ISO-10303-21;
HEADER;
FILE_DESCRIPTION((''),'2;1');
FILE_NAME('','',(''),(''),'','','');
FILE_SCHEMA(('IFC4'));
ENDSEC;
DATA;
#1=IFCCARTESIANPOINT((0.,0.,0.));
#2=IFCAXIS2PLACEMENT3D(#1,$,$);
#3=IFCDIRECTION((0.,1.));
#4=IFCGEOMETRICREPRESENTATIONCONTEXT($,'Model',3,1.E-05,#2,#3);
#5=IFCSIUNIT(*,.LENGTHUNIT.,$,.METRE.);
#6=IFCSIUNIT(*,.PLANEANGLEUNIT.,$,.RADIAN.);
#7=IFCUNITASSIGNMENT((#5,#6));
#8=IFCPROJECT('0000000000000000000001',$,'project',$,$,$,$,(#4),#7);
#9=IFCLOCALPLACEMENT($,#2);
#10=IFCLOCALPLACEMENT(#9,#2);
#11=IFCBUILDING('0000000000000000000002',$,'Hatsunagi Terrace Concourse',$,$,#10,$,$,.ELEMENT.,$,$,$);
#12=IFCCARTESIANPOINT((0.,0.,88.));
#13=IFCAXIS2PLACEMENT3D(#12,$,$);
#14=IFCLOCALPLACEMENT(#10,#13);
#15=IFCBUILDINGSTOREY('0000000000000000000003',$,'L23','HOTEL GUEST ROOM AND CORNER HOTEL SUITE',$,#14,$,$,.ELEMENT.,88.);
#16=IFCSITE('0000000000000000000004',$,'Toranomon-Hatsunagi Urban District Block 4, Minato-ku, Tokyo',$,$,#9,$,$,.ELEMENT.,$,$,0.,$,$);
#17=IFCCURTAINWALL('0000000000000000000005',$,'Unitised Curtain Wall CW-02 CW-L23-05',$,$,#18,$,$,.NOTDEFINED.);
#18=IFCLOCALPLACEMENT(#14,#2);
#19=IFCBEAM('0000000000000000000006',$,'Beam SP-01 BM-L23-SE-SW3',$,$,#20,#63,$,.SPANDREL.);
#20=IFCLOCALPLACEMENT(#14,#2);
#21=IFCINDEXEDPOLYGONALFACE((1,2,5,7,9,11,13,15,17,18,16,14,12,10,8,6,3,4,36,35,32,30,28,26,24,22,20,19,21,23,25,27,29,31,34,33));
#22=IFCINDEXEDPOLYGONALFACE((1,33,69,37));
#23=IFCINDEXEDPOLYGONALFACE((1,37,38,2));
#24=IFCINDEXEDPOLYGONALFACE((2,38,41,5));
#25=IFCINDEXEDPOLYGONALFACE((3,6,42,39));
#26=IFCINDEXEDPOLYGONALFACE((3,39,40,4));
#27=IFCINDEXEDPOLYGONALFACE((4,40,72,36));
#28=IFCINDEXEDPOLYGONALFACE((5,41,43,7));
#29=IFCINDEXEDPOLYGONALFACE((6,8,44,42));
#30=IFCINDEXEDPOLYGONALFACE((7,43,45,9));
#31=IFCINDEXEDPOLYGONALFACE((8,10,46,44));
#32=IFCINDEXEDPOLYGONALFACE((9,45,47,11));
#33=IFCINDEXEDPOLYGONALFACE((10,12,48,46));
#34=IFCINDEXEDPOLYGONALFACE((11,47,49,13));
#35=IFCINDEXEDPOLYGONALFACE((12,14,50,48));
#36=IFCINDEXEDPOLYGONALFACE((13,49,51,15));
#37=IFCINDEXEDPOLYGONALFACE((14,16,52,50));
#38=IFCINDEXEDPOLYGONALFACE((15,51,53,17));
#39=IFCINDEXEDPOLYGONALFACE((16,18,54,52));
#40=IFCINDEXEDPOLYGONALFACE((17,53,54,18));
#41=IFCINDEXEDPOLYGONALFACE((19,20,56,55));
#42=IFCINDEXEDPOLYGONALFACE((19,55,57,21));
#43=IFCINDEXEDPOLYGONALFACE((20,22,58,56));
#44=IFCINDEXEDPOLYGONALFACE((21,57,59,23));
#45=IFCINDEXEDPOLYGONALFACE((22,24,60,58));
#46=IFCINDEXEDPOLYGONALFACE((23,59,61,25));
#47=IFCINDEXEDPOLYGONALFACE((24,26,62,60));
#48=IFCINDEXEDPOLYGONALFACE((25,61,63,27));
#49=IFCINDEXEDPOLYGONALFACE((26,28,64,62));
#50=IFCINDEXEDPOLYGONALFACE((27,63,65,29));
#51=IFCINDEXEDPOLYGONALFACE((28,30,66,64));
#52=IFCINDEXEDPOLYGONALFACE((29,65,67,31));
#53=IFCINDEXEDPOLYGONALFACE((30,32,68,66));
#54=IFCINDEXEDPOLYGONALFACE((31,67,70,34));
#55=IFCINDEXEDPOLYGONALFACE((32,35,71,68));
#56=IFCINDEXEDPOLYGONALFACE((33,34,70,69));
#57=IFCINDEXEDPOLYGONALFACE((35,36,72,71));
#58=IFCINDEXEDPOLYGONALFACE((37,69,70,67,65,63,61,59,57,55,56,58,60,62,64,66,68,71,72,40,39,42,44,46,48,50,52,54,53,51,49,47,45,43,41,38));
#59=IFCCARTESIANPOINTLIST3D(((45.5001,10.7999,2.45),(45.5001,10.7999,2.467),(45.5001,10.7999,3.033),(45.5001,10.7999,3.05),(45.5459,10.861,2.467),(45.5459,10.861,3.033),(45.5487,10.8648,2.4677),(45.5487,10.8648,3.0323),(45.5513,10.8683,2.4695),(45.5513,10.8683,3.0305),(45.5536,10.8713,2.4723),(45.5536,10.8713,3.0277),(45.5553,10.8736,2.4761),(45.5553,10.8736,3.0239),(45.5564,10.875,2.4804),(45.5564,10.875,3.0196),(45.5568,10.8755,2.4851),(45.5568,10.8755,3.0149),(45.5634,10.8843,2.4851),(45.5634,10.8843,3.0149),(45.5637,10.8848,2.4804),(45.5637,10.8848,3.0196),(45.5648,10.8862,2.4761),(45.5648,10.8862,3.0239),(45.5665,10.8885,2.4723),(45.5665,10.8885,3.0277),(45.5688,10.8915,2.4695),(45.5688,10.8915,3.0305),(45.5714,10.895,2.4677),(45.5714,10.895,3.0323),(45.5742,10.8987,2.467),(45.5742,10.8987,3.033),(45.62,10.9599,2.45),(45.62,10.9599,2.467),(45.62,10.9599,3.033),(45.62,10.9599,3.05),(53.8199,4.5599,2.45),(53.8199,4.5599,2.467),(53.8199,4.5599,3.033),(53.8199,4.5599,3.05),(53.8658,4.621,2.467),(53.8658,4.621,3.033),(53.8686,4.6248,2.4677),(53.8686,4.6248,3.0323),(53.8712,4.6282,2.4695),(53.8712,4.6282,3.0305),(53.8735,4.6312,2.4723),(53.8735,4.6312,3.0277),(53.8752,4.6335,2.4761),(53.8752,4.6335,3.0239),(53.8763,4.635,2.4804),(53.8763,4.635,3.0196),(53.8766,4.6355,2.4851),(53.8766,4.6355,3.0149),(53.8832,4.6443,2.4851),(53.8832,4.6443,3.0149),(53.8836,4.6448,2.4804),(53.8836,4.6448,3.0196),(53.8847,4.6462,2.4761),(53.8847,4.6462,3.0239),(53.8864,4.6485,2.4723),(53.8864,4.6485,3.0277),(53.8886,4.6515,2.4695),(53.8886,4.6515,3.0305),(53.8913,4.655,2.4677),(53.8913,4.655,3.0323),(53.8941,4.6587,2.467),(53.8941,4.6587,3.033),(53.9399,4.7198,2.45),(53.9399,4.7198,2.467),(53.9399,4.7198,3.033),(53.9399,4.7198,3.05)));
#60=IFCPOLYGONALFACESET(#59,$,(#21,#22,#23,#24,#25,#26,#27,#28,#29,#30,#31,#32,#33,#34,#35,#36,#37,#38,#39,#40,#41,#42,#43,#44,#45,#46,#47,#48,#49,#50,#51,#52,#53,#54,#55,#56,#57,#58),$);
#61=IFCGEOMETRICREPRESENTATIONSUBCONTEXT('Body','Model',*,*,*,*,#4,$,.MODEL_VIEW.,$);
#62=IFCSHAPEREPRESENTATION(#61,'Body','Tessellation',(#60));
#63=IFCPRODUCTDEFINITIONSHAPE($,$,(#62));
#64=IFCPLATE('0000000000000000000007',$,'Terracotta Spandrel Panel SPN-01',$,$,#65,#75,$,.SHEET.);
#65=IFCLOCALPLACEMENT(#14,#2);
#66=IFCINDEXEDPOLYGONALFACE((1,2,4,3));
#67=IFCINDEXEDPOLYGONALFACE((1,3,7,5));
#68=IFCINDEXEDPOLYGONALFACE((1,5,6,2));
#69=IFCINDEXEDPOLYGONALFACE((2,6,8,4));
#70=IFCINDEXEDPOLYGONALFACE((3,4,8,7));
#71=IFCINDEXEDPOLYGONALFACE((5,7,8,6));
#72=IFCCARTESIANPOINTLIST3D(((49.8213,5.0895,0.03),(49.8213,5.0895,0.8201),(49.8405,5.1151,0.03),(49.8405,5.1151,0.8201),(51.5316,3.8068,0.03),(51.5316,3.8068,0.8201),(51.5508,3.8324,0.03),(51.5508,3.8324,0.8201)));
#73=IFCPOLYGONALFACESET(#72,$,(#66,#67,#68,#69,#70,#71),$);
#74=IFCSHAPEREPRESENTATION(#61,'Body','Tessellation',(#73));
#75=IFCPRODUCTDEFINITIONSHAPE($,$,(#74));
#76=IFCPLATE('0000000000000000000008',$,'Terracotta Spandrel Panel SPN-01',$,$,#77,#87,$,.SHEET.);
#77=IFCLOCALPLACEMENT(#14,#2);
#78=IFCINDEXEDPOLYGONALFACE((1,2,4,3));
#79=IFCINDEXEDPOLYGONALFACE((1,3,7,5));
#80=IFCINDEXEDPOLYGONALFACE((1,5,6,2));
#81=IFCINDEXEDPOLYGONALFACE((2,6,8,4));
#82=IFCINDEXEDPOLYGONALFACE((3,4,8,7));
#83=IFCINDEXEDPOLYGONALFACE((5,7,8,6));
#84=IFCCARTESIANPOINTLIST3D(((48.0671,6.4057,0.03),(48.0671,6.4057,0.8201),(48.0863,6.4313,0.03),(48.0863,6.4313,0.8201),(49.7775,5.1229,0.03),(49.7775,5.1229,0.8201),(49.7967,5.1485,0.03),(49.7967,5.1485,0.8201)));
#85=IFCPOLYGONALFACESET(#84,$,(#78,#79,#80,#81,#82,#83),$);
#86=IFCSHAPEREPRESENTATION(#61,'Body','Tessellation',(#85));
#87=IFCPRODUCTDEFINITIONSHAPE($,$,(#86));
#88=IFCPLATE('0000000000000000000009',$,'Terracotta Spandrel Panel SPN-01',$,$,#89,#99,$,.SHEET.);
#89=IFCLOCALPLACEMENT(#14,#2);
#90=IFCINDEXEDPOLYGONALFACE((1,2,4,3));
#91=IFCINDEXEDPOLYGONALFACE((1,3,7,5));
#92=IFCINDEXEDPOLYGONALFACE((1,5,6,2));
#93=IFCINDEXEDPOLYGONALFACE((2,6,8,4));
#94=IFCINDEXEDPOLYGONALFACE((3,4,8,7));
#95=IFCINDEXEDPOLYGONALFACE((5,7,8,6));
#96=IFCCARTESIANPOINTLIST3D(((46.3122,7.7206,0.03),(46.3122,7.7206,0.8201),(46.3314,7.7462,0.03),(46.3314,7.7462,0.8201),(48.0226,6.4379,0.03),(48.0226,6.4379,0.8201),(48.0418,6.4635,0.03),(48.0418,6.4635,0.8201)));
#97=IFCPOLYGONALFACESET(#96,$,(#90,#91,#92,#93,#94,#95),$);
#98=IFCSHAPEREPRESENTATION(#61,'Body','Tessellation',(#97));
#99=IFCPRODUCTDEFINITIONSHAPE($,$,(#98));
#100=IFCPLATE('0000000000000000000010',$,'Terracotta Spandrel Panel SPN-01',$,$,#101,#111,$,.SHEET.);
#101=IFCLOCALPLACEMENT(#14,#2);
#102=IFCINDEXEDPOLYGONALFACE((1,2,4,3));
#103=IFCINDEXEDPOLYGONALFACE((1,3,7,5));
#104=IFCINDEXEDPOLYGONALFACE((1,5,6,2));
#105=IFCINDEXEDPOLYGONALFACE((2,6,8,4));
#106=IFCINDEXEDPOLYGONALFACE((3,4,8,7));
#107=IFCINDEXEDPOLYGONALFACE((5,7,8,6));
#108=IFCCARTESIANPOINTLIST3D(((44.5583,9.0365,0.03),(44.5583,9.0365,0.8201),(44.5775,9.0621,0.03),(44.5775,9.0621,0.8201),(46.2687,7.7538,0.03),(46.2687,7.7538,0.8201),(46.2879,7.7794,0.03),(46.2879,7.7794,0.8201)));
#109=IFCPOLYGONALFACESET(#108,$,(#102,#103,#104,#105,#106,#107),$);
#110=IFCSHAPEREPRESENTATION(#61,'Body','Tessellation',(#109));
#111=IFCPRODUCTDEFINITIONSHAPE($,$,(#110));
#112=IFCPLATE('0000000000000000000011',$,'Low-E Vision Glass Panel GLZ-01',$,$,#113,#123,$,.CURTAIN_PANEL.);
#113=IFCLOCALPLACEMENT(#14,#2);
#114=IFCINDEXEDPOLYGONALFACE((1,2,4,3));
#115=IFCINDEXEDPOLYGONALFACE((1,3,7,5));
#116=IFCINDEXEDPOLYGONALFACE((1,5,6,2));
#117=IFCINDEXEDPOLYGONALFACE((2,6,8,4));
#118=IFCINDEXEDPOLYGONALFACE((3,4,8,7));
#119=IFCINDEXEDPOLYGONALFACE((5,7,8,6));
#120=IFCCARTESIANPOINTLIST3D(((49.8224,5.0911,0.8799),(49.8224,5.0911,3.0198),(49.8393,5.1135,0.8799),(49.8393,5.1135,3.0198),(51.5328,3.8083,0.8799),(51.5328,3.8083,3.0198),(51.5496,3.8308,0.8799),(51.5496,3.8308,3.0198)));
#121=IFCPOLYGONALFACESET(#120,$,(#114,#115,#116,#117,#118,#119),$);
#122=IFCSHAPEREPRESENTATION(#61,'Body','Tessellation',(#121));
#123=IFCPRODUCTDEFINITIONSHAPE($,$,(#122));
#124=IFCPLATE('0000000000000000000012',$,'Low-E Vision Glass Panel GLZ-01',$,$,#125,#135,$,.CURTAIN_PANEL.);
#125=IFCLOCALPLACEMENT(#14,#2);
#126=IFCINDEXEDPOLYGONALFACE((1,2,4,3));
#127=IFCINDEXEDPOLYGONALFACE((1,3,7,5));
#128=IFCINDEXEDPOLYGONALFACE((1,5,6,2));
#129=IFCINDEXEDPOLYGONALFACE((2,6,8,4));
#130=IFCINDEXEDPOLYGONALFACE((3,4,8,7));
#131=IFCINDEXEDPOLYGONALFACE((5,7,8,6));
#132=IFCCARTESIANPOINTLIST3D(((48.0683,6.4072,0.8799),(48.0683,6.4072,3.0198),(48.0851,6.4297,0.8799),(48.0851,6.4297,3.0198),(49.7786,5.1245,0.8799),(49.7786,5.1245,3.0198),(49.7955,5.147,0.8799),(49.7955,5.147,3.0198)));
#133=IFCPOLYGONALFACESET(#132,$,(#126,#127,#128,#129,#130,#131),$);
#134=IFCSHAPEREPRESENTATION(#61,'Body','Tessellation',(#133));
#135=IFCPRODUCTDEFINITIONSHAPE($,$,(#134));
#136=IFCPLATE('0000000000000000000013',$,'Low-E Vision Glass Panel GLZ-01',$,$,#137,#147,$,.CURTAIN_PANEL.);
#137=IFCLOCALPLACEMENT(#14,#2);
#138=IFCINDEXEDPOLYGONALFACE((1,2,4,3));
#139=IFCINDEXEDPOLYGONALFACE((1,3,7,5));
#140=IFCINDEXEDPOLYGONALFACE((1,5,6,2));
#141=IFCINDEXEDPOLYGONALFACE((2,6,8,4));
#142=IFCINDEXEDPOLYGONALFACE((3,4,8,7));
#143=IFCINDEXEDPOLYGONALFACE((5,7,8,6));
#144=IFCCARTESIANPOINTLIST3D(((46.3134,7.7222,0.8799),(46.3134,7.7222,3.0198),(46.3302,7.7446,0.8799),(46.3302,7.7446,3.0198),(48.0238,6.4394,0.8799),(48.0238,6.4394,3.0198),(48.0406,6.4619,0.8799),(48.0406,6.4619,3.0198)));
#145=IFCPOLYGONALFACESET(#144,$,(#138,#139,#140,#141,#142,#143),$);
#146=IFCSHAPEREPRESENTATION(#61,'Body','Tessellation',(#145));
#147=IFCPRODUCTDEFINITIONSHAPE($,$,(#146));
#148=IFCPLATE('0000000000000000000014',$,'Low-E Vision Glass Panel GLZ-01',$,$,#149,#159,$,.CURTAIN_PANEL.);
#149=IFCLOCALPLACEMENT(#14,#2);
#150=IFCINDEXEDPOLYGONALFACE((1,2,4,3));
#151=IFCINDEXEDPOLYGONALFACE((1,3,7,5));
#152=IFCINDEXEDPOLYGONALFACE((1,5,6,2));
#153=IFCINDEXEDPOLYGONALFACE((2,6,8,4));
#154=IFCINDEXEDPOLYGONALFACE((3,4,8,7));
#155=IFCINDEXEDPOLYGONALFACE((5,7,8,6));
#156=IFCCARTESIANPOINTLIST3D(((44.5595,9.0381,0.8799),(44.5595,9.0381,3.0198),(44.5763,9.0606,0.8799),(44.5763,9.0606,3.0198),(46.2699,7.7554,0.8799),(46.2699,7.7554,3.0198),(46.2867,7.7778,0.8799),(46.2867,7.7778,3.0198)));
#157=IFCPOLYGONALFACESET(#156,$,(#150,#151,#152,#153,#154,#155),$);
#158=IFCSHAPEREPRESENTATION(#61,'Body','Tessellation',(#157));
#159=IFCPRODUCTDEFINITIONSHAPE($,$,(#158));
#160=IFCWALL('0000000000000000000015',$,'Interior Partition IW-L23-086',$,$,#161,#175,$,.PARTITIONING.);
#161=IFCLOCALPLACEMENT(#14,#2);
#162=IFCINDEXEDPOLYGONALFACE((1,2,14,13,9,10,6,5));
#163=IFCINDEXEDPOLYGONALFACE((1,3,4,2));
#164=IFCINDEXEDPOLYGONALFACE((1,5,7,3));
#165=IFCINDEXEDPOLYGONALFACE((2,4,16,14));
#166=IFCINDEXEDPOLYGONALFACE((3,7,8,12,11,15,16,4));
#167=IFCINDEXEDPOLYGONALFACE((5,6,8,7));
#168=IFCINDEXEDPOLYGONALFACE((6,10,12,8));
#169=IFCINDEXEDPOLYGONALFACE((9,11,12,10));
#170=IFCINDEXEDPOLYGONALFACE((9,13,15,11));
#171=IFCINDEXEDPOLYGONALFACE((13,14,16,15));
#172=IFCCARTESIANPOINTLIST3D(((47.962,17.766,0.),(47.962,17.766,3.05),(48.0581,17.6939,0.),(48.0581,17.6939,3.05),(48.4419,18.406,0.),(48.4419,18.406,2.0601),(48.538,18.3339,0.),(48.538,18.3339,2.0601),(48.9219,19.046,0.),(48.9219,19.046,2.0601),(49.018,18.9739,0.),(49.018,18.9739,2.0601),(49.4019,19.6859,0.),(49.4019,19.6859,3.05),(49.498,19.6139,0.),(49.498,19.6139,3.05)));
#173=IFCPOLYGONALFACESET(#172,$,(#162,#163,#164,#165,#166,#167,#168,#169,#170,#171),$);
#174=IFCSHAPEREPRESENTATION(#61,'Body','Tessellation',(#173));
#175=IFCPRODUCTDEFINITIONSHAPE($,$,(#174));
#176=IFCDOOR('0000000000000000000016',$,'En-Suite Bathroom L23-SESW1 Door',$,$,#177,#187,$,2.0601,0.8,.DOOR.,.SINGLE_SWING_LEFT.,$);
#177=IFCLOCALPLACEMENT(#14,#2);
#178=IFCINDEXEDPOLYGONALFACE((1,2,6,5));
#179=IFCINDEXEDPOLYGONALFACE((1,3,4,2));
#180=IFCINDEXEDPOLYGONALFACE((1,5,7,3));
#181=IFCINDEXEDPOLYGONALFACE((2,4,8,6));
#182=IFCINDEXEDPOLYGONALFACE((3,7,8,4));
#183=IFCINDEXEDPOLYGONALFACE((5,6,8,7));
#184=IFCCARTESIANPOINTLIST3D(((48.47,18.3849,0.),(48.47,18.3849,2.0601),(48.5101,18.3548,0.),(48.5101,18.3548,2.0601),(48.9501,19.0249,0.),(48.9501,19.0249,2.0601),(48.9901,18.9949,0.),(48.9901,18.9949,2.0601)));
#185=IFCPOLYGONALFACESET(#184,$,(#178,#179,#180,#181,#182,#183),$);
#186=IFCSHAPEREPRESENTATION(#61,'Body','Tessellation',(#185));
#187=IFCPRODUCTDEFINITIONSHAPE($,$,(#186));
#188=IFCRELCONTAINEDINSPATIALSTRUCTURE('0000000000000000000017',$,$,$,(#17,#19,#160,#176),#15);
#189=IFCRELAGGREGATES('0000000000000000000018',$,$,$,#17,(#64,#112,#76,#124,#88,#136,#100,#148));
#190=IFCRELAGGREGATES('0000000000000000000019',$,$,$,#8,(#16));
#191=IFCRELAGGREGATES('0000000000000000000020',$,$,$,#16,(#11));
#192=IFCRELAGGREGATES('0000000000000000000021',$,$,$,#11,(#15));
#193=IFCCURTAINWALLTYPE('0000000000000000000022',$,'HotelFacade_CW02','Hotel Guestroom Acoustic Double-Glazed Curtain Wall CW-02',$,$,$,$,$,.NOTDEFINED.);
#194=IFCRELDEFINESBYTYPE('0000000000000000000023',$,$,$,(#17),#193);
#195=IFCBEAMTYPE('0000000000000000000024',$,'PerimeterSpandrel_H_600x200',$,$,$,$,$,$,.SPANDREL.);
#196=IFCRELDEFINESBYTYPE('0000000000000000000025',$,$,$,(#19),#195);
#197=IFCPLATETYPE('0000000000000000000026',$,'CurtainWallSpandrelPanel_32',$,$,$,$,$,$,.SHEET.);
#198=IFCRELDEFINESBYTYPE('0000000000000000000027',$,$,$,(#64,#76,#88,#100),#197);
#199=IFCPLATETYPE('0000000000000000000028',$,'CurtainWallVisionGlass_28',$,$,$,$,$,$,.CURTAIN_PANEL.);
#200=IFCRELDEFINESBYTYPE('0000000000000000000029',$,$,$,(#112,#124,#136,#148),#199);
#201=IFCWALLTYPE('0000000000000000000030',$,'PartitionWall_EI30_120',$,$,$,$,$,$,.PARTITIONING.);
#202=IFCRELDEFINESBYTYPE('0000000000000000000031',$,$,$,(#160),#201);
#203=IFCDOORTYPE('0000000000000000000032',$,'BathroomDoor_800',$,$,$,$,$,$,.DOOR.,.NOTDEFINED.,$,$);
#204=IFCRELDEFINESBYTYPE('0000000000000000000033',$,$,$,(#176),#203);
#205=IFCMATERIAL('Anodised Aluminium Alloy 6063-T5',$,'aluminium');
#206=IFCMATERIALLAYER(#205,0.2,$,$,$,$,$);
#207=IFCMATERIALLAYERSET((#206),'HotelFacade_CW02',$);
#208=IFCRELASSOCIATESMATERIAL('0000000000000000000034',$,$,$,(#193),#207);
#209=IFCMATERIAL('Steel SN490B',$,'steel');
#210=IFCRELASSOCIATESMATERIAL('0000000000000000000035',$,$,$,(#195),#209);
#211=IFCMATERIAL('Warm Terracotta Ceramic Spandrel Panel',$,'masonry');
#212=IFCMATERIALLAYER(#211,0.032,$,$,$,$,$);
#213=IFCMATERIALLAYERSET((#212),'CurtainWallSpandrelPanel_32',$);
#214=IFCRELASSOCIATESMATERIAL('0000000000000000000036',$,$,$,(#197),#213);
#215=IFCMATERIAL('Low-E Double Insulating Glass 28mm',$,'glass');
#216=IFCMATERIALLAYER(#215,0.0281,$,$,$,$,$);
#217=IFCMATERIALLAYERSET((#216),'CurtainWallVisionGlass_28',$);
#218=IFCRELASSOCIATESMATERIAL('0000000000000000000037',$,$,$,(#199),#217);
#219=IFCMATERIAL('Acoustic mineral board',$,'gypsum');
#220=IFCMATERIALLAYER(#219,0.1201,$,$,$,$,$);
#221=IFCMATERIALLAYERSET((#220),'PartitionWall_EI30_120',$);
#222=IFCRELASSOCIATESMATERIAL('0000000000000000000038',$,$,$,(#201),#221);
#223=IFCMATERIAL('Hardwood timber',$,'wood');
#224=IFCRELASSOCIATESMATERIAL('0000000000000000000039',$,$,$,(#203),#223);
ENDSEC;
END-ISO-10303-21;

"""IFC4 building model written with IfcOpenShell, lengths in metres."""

from ifc_helpers import new_model, si_unit, direction, frame, frame_2d, origin, origin_2d, place, context, subcontext, project, spatial, rectangle, i_section, extrude, material, layer, layer_set, material_profile, profile_set, type_object, element, fill, aggregate, save


model = new_model("IFC4")

# Units and contexts
model_context = context("Model", 3, precision=1e-05, world=origin(), true_north=direction((0.0, 1.0)))
body_context = subcontext(model_context, "Body", "Model", "MODEL_VIEW")
ifc_project = project(units=[si_unit("LENGTHUNIT", "METRE"), si_unit("PLANEANGLEUNIT", "RADIAN")], contexts=[model_context])

# Site, building, storey
site_placement = place(None, origin())
site = spatial("IfcSite", under=ifc_project, at=site_placement, Name="Toranomon-Hatsunagi Urban District Block 4, Minato-ku, Tokyo", CompositionType="ELEMENT", RefElevation=0.0)
building_placement = place(site_placement, origin())
building = spatial("IfcBuilding", under=site, at=building_placement, Name="Hatsunagi Terrace Concourse", CompositionType="ELEMENT")
storey_placement = place(building_placement, frame((0.0, 0.0, 88.0)))
storey = spatial("IfcBuildingStorey", under=building, at=storey_placement, Name="L23", Description="HOTEL GUEST ROOM AND CORNER HOTEL SUITE", CompositionType="ELEMENT", Elevation=88.0)

# Curtain wall
ifc_material_1 = material(Name="Anodised Aluminium Alloy 6063-T5", Category="aluminium")
ifc_layer_1 = layer(ifc_material_1, 0.2)
ifc_layer_set_1 = layer_set([ifc_layer_1], Name="HotelFacade_CW02")
curtain_wall_type = type_object("IfcCurtainWallType", Name="HotelFacade_CW02", Description="Hotel Guestroom Acoustic Double-Glazed Curtain Wall CW-02", PredefinedType="NOTDEFINED", material=ifc_layer_set_1)
curtain_wall_placement = place(storey_placement, origin())
curtain_wall = element("IfcCurtainWall", 1, at=curtain_wall_placement, inside=storey, type_object=curtain_wall_type, Name="Unitised Curtain Wall CW-02 CW-L23-05", PredefinedType="NOTDEFINED")

# Beam
ifc_material_2 = material(Name="Steel SN490B", Category="steel")
ifc_material_profile_1 = material_profile(ifc_material_2, i_section(OverallWidth=0.2, OverallDepth=0.6001, WebThickness=0.011, FlangeThickness=0.0171, FilletRadius=0.0181, at=origin_2d()), Name="H-600x200x11x17")
ifc_profile_set_1 = profile_set([ifc_material_profile_1], Name="Steel SN490B")
beam_type_1 = type_object("IfcBeamType", Name="PerimeterSpandrel_H_600x200", PredefinedType="SPANDREL", material=ifc_profile_set_1)
beam_1_placement = place(storey_placement, frame((45.5601, 10.8799, 2.75), z_axis=(0.799994, -0.600008, 0.0), x_axis=(0.600008, 0.799994, 0.0)))
element("IfcBeam", 2, at=beam_1_placement, inside=storey, type_object=beam_type_1, Name="Beam SP-01 BM-L23-SE-SW3", PredefinedType="SPANDREL", context=body_context, shape_type="SweptSolid", body=[
    extrude(i_section(OverallWidth=0.2, OverallDepth=0.6001, WebThickness=0.011, FlangeThickness=0.0171, FilletRadius=0.0181, at=origin_2d()), origin(), (0.0, 0.0, 1.0), 10.3999),
])

# Plates
ifc_material_3 = material(Name="Warm Terracotta Ceramic Spandrel Panel", Category="masonry")
ifc_layer_2 = layer(ifc_material_3, 0.032)
ifc_layer_set_2 = layer_set([ifc_layer_2], Name="CurtainWallSpandrelPanel_32")
plate_type_1 = type_object("IfcPlateType", Name="CurtainWallSpandrelPanel_32", PredefinedType="SHEET", material=ifc_layer_set_2)
plate_1_placement = place(storey_placement, frame((50.686, 4.4609, 0.03), z_axis=(0.0, 0.0, 1.0), x_axis=(-0.800003, 0.599996, 0.0)))
plate_1 = element("IfcPlate", 3, at=plate_1_placement, type_object=plate_type_1, Name="Terracotta Spandrel Panel SPN-01", PredefinedType="SHEET", context=body_context, shape_type="SweptSolid", body=[
    extrude(rectangle(XDim=2.1379, YDim=0.032, at=origin_2d()), origin(), (0.0, 0.0, 1.0), 0.79),
])
plate_2_placement = place(storey_placement, frame((48.9319, 5.7771, 0.03), z_axis=(0.0, 0.0, 1.0), x_axis=(-0.800003, 0.599996, 0.0)))
plate_2 = element("IfcPlate", 4, at=plate_2_placement, type_object=plate_type_1, Name="Terracotta Spandrel Panel SPN-01", PredefinedType="SHEET", context=body_context, shape_type="SweptSolid", body=[
    extrude(rectangle(XDim=2.1379, YDim=0.032, at=origin_2d()), origin(), (0.0, 0.0, 1.0), 0.79),
])
plate_3_placement = place(storey_placement, frame((47.177, 7.092, 0.03), z_axis=(0.0, 0.0, 1.0), x_axis=(-0.800003, 0.599996, 0.0)))
plate_3 = element("IfcPlate", 5, at=plate_3_placement, type_object=plate_type_1, Name="Terracotta Spandrel Panel SPN-01", PredefinedType="SHEET", context=body_context, shape_type="SweptSolid", body=[
    extrude(rectangle(XDim=2.1379, YDim=0.032, at=origin_2d()), origin(), (0.0, 0.0, 1.0), 0.79),
])
plate_4_placement = place(storey_placement, frame((45.4231, 8.408, 0.03), z_axis=(0.0, 0.0, 1.0), x_axis=(-0.800003, 0.599996, 0.0)))
plate_4 = element("IfcPlate", 6, at=plate_4_placement, type_object=plate_type_1, Name="Terracotta Spandrel Panel SPN-01", PredefinedType="SHEET", context=body_context, shape_type="SweptSolid", body=[
    extrude(rectangle(XDim=2.1379, YDim=0.032, at=origin_2d()), origin(), (0.0, 0.0, 1.0), 0.79),
])
ifc_material_4 = material(Name="Low-E Double Insulating Glass 28mm", Category="glass")
ifc_layer_3 = layer(ifc_material_4, 0.0281)
ifc_layer_set_3 = layer_set([ifc_layer_3], Name="CurtainWallVisionGlass_28")
plate_type_2 = type_object("IfcPlateType", Name="CurtainWallVisionGlass_28", PredefinedType="CURTAIN_PANEL", material=ifc_layer_set_3)
plate_5_placement = place(storey_placement, frame((50.686, 4.4609, 0.8799), z_axis=(0.0, 0.0, 1.0), x_axis=(-0.800003, 0.599996, 0.0)))
plate_5 = element("IfcPlate", 7, at=plate_5_placement, type_object=plate_type_2, Name="Low-E Vision Glass Panel GLZ-01", PredefinedType="CURTAIN_PANEL", context=body_context, shape_type="SweptSolid", body=[
    extrude(rectangle(XDim=2.1379, YDim=0.0281, at=origin_2d()), origin(), (0.0, 0.0, 1.0), 2.1399),
])
plate_6_placement = place(storey_placement, frame((48.9319, 5.7771, 0.8799), z_axis=(0.0, 0.0, 1.0), x_axis=(-0.800003, 0.599996, 0.0)))
plate_6 = element("IfcPlate", 8, at=plate_6_placement, type_object=plate_type_2, Name="Low-E Vision Glass Panel GLZ-01", PredefinedType="CURTAIN_PANEL", context=body_context, shape_type="SweptSolid", body=[
    extrude(rectangle(XDim=2.1379, YDim=0.0281, at=origin_2d()), origin(), (0.0, 0.0, 1.0), 2.1399),
])
plate_7_placement = place(storey_placement, frame((47.177, 7.092, 0.8799), z_axis=(0.0, 0.0, 1.0), x_axis=(-0.800003, 0.599996, 0.0)))
plate_7 = element("IfcPlate", 9, at=plate_7_placement, type_object=plate_type_2, Name="Low-E Vision Glass Panel GLZ-01", PredefinedType="CURTAIN_PANEL", context=body_context, shape_type="SweptSolid", body=[
    extrude(rectangle(XDim=2.1379, YDim=0.0281, at=origin_2d()), origin(), (0.0, 0.0, 1.0), 2.1399),
])
plate_8_placement = place(storey_placement, frame((45.4231, 8.408, 0.8799), z_axis=(0.0, 0.0, 1.0), x_axis=(-0.800003, 0.599996, 0.0)))
plate_8 = element("IfcPlate", 10, at=plate_8_placement, type_object=plate_type_2, Name="Low-E Vision Glass Panel GLZ-01", PredefinedType="CURTAIN_PANEL", context=body_context, shape_type="SweptSolid", body=[
    extrude(rectangle(XDim=2.1379, YDim=0.0281, at=origin_2d()), origin(), (0.0, 0.0, 1.0), 2.1399),
])
aggregate(curtain_wall, [plate_1, plate_5, plate_2, plate_6, plate_3, plate_7, plate_4, plate_8])

# Wall, opening, door
ifc_material_5 = material(Name="Acoustic mineral board", Category="gypsum")
ifc_layer_4 = layer(ifc_material_5, 0.1201)
ifc_layer_set_4 = layer_set([ifc_layer_4], Name="PartitionWall_EI30_120")
wall_type_1 = type_object("IfcWallType", Name="PartitionWall_EI30_120", PredefinedType="PARTITIONING", material=ifc_layer_set_4)
wall_1_placement = place(storey_placement, frame((48.01, 17.73, 0.0), z_axis=(0.0, 0.0, 1.0), x_axis=(0.6, 0.8, 0.0)))
wall_1 = element("IfcWall", 11, at=wall_1_placement, inside=storey, type_object=wall_type_1, Name="Interior Partition IW-L23-086", PredefinedType="PARTITIONING", context=body_context, shape_type="SweptSolid", body=[
    extrude(rectangle(XDim=2.3999, YDim=0.1201, at=frame_2d((1.2, 0.0))), origin(), (0.0, 0.0, 1.0), 3.05),
])
opening_1_placement = place(wall_1_placement, frame((0.8, 0.0, 0.0)))
opening_1 = element("IfcOpeningElement", 12, at=opening_1_placement, cuts=wall_1, PredefinedType="OPENING", context=body_context, shape_type="SweptSolid", body=[
    extrude(rectangle(XDim=0.8, YDim=2.0601, at=frame_2d((0.3999, 1.03))), frame((0.0, 0.0701, 0.0), z_axis=(0.0, -1.0, 0.0), x_axis=(1.0, 0.0, 0.0)), (0.0, 0.0, 1.0), 0.1401),
])
ifc_material_6 = material(Name="Hardwood timber", Category="wood")
door_type = type_object("IfcDoorType", Name="BathroomDoor_800", OperationType="NOTDEFINED", PredefinedType="DOOR", material=ifc_material_6)
door_1_placement = place(opening_1_placement, origin())
door_1 = element("IfcDoor", 13, at=door_1_placement, inside=storey, type_object=door_type, Name="En-Suite Bathroom L23-SESW1 Door", OperationType="SINGLE_SWING_LEFT", OverallHeight=2.0601, OverallWidth=0.8, PredefinedType="DOOR", context=body_context, shape_type="SweptSolid", body=[
    extrude(rectangle(XDim=0.8, YDim=2.0601, at=frame_2d((0.3999, 1.03))), frame((0.0, 0.0249, 0.0), z_axis=(0.0, -1.0, 0.0), x_axis=(1.0, 0.0, 0.0)), (0.0, 0.0, 1.0), 0.05),
])
fill(opening_1, door_1)

save(model, "model.ifc")
